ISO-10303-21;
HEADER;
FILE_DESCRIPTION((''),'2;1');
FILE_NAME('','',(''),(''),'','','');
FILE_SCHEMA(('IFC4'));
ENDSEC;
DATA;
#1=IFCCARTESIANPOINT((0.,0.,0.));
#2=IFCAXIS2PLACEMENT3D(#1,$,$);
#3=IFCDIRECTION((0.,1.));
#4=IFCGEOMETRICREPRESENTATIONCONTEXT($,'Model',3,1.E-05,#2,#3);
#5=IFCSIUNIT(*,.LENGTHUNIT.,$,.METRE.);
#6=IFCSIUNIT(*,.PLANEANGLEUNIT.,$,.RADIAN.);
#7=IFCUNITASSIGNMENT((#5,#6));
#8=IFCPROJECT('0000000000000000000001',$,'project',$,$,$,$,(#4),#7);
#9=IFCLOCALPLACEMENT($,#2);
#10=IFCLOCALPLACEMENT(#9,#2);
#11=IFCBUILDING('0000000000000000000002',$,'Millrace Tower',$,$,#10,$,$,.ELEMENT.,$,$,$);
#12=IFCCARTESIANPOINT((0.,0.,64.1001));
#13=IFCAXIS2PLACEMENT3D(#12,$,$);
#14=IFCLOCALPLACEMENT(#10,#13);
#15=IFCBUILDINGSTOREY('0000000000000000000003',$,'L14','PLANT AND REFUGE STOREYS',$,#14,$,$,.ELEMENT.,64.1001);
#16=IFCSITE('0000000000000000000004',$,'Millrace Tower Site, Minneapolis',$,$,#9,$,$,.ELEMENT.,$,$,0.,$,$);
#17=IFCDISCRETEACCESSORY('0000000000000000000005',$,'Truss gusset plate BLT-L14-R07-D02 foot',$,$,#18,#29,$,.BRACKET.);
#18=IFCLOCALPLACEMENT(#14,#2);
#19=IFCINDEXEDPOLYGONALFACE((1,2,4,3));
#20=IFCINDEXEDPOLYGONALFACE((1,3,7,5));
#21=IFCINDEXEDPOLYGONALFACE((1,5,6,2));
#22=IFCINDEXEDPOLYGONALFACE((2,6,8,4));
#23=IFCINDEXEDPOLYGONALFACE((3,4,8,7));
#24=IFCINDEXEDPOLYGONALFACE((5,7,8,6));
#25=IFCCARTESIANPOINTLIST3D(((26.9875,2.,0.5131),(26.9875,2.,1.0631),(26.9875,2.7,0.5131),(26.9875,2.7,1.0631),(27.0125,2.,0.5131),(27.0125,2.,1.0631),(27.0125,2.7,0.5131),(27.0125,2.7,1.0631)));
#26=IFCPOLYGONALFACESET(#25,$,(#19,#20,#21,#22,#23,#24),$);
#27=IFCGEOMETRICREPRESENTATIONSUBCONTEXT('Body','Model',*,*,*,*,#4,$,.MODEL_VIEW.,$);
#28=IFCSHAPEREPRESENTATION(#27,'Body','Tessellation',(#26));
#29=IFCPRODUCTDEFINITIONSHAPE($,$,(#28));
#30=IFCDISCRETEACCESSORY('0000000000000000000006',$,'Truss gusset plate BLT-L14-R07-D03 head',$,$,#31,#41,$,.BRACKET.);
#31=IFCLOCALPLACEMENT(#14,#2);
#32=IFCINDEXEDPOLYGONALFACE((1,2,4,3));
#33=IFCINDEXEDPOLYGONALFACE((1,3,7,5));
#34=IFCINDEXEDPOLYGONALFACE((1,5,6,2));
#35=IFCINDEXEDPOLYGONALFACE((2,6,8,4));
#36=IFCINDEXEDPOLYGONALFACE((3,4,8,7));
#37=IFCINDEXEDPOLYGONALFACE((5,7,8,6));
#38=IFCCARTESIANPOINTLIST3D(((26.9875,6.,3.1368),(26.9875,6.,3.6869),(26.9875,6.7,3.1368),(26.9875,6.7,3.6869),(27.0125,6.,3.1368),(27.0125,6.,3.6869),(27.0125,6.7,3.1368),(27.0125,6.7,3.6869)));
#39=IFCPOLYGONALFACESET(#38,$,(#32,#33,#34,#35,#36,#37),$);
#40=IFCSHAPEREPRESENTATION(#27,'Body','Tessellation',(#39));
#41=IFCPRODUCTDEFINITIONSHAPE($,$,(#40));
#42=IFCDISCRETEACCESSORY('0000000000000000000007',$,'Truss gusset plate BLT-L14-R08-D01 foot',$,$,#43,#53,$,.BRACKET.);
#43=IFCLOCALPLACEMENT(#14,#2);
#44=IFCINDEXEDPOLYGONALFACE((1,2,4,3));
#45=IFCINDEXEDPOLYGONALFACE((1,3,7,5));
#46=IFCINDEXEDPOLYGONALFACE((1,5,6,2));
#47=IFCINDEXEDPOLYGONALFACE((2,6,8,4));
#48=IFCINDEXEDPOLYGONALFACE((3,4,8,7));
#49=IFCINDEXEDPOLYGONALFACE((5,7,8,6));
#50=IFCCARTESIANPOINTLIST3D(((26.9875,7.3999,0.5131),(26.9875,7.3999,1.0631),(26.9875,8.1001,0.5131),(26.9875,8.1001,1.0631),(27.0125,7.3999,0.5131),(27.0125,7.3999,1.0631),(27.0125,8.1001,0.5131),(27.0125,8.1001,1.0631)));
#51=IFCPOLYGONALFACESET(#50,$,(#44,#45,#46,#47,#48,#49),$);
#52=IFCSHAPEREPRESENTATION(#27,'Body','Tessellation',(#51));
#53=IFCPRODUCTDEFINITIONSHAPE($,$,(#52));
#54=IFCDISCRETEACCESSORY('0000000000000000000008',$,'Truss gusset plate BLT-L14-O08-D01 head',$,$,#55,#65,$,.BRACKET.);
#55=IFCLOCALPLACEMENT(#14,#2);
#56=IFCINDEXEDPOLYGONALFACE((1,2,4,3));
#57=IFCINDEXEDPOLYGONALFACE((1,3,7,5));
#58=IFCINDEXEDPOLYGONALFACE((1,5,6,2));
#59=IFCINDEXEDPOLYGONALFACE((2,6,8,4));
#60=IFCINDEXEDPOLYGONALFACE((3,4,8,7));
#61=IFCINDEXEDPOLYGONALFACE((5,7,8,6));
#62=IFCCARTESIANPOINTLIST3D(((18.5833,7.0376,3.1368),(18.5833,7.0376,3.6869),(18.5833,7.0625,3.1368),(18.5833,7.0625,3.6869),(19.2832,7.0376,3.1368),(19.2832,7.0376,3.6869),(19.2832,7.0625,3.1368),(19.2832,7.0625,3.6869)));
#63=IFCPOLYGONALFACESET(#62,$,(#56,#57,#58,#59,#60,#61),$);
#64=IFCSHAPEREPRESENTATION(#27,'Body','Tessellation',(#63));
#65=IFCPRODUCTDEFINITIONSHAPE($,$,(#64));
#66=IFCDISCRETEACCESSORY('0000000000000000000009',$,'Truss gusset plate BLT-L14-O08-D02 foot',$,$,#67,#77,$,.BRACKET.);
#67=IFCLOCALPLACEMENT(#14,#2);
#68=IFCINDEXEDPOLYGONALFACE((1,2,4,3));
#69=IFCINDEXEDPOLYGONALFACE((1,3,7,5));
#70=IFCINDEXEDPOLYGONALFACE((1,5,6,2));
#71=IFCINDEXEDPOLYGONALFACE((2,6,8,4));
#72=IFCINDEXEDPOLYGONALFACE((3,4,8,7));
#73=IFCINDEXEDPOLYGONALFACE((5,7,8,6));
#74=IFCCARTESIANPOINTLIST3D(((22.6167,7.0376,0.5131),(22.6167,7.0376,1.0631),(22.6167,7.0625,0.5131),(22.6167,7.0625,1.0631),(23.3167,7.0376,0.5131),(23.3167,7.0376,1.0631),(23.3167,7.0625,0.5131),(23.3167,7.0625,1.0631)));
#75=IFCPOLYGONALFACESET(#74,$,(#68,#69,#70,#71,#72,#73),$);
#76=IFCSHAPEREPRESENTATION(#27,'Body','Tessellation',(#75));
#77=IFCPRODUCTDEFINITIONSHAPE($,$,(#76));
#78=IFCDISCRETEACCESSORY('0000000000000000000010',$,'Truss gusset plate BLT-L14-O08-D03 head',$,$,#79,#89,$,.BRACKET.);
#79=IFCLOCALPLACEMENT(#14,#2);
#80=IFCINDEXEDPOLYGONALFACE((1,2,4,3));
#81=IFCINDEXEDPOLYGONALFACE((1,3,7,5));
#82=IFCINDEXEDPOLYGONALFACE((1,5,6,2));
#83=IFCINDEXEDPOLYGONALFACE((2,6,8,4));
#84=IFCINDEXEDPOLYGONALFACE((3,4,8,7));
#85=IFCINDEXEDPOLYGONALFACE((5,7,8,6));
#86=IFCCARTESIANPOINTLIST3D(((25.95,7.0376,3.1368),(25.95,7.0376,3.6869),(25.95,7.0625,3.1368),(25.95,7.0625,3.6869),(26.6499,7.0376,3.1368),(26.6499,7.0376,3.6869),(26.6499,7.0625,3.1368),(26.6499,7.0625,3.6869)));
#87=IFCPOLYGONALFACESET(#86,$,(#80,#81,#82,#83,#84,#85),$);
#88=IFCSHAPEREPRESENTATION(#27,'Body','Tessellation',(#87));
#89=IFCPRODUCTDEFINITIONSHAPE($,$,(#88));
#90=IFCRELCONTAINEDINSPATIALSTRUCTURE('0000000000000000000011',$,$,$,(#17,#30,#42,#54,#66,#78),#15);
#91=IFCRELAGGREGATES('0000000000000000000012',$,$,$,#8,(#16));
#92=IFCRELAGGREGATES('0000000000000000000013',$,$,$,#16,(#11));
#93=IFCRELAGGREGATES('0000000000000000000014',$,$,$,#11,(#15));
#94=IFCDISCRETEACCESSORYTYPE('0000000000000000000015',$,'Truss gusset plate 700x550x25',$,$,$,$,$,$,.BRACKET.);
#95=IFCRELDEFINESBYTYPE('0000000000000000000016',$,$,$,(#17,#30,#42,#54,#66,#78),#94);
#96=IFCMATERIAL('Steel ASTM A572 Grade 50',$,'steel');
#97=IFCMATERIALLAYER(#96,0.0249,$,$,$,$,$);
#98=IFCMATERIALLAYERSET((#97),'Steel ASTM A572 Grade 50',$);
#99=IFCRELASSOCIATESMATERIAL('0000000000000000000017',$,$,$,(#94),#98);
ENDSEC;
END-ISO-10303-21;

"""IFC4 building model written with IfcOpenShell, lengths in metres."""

from ifc_helpers import new_model, si_unit, direction, frame, origin, origin_2d, place, context, subcontext, project, spatial, rectangle, extrude, material, layer, layer_set, type_object, element, save


model = new_model("IFC4")

# Units and contexts
model_context = context("Model", 3, precision=1e-05, world=origin(), true_north=direction((0.0, 1.0)))
body_context = subcontext(model_context, "Body", "Model", "MODEL_VIEW")
ifc_project = project(units=[si_unit("LENGTHUNIT", "METRE"), si_unit("PLANEANGLEUNIT", "RADIAN")], contexts=[model_context])

# Site, building, storey
site_placement = place(None, origin())
site = spatial("IfcSite", under=ifc_project, at=site_placement, Name="Millrace Tower Site, Minneapolis", CompositionType="ELEMENT", RefElevation=0.0)
building_placement = place(site_placement, origin())
building = spatial("IfcBuilding", under=site, at=building_placement, Name="Millrace Tower", CompositionType="ELEMENT")
storey_placement = place(building_placement, frame((0.0, 0.0, 64.1001)))
storey = spatial("IfcBuildingStorey", under=building, at=storey_placement, Name="L14", Description="PLANT AND REFUGE STOREYS", CompositionType="ELEMENT", Elevation=64.1001)

# Discrete accessories
ifc_material_1 = material(Name="Steel ASTM A572 Grade 50", Category="steel")
ifc_layer_1 = layer(ifc_material_1, 0.0249)
ifc_layer_set_1 = layer_set([ifc_layer_1], Name="Steel ASTM A572 Grade 50")
discrete_accessory_type_1 = type_object("IfcDiscreteAccessoryType", Name="Truss gusset plate 700x550x25", PredefinedType="BRACKET", material=ifc_layer_set_1)
for number, where, z_axis, x_axis, name in (
    (1, (27.0, 2.0, 0.7881), (0.0, 1.0, 0.0), (-1.0, 0.0, 0.0), "Truss gusset plate BLT-L14-R07-D02 foot"),
    (2, (27.0, 6.0, 3.4119), (0.0, 1.0, 0.0), (-1.0, 0.0, 0.0), "Truss gusset plate BLT-L14-R07-D03 head"),
):
    element("IfcDiscreteAccessory", number, at=place(storey_placement, frame(where, z_axis=z_axis, x_axis=x_axis)), inside=storey, type_object=discrete_accessory_type_1, Name=name, PredefinedType="BRACKET", context=body_context, shape_type="SweptSolid", body=[
        extrude(rectangle(XDim=0.0249, YDim=0.55, at=origin_2d()), origin(), (0.0, 0.0, 1.0), 0.7),
    ])
discrete_accessory_1_placement = place(storey_placement, frame((27.0, 7.3999, 0.7881), z_axis=(0.0, 1.0, 0.0), x_axis=(-1.0, 0.0, 0.0)))
element("IfcDiscreteAccessory", 3, at=discrete_accessory_1_placement, inside=storey, type_object=discrete_accessory_type_1, Name="Truss gusset plate BLT-L14-R08-D01 foot", PredefinedType="BRACKET", context=body_context, shape_type="SweptSolid", body=[
    extrude(rectangle(XDim=0.0249, YDim=0.55, at=origin_2d()), origin(), (0.0, 0.0, 1.0), 0.7002),
])
for number, where, z_axis, x_axis, name in (
    (4, (18.5833, 7.05, 3.4119), (1.0, 0.0, 0.0), (0.0, 1.0, 0.0), "Truss gusset plate BLT-L14-O08-D01 head"),
    (5, (22.6167, 7.05, 0.7881), (1.0, 0.0, 0.0), (0.0, 1.0, 0.0), "Truss gusset plate BLT-L14-O08-D02 foot"),
    (6, (25.95, 7.05, 3.4119), (1.0, 0.0, 0.0), (0.0, 1.0, 0.0), "Truss gusset plate BLT-L14-O08-D03 head"),
):
    element("IfcDiscreteAccessory", number, at=place(storey_placement, frame(where, z_axis=z_axis, x_axis=x_axis)), inside=storey, type_object=discrete_accessory_type_1, Name=name, PredefinedType="BRACKET", context=body_context, shape_type="SweptSolid", body=[
        extrude(rectangle(XDim=0.0249, YDim=0.55, at=origin_2d()), origin(), (0.0, 0.0, 1.0), 0.7),
    ])

save(model, "model.ifc")
